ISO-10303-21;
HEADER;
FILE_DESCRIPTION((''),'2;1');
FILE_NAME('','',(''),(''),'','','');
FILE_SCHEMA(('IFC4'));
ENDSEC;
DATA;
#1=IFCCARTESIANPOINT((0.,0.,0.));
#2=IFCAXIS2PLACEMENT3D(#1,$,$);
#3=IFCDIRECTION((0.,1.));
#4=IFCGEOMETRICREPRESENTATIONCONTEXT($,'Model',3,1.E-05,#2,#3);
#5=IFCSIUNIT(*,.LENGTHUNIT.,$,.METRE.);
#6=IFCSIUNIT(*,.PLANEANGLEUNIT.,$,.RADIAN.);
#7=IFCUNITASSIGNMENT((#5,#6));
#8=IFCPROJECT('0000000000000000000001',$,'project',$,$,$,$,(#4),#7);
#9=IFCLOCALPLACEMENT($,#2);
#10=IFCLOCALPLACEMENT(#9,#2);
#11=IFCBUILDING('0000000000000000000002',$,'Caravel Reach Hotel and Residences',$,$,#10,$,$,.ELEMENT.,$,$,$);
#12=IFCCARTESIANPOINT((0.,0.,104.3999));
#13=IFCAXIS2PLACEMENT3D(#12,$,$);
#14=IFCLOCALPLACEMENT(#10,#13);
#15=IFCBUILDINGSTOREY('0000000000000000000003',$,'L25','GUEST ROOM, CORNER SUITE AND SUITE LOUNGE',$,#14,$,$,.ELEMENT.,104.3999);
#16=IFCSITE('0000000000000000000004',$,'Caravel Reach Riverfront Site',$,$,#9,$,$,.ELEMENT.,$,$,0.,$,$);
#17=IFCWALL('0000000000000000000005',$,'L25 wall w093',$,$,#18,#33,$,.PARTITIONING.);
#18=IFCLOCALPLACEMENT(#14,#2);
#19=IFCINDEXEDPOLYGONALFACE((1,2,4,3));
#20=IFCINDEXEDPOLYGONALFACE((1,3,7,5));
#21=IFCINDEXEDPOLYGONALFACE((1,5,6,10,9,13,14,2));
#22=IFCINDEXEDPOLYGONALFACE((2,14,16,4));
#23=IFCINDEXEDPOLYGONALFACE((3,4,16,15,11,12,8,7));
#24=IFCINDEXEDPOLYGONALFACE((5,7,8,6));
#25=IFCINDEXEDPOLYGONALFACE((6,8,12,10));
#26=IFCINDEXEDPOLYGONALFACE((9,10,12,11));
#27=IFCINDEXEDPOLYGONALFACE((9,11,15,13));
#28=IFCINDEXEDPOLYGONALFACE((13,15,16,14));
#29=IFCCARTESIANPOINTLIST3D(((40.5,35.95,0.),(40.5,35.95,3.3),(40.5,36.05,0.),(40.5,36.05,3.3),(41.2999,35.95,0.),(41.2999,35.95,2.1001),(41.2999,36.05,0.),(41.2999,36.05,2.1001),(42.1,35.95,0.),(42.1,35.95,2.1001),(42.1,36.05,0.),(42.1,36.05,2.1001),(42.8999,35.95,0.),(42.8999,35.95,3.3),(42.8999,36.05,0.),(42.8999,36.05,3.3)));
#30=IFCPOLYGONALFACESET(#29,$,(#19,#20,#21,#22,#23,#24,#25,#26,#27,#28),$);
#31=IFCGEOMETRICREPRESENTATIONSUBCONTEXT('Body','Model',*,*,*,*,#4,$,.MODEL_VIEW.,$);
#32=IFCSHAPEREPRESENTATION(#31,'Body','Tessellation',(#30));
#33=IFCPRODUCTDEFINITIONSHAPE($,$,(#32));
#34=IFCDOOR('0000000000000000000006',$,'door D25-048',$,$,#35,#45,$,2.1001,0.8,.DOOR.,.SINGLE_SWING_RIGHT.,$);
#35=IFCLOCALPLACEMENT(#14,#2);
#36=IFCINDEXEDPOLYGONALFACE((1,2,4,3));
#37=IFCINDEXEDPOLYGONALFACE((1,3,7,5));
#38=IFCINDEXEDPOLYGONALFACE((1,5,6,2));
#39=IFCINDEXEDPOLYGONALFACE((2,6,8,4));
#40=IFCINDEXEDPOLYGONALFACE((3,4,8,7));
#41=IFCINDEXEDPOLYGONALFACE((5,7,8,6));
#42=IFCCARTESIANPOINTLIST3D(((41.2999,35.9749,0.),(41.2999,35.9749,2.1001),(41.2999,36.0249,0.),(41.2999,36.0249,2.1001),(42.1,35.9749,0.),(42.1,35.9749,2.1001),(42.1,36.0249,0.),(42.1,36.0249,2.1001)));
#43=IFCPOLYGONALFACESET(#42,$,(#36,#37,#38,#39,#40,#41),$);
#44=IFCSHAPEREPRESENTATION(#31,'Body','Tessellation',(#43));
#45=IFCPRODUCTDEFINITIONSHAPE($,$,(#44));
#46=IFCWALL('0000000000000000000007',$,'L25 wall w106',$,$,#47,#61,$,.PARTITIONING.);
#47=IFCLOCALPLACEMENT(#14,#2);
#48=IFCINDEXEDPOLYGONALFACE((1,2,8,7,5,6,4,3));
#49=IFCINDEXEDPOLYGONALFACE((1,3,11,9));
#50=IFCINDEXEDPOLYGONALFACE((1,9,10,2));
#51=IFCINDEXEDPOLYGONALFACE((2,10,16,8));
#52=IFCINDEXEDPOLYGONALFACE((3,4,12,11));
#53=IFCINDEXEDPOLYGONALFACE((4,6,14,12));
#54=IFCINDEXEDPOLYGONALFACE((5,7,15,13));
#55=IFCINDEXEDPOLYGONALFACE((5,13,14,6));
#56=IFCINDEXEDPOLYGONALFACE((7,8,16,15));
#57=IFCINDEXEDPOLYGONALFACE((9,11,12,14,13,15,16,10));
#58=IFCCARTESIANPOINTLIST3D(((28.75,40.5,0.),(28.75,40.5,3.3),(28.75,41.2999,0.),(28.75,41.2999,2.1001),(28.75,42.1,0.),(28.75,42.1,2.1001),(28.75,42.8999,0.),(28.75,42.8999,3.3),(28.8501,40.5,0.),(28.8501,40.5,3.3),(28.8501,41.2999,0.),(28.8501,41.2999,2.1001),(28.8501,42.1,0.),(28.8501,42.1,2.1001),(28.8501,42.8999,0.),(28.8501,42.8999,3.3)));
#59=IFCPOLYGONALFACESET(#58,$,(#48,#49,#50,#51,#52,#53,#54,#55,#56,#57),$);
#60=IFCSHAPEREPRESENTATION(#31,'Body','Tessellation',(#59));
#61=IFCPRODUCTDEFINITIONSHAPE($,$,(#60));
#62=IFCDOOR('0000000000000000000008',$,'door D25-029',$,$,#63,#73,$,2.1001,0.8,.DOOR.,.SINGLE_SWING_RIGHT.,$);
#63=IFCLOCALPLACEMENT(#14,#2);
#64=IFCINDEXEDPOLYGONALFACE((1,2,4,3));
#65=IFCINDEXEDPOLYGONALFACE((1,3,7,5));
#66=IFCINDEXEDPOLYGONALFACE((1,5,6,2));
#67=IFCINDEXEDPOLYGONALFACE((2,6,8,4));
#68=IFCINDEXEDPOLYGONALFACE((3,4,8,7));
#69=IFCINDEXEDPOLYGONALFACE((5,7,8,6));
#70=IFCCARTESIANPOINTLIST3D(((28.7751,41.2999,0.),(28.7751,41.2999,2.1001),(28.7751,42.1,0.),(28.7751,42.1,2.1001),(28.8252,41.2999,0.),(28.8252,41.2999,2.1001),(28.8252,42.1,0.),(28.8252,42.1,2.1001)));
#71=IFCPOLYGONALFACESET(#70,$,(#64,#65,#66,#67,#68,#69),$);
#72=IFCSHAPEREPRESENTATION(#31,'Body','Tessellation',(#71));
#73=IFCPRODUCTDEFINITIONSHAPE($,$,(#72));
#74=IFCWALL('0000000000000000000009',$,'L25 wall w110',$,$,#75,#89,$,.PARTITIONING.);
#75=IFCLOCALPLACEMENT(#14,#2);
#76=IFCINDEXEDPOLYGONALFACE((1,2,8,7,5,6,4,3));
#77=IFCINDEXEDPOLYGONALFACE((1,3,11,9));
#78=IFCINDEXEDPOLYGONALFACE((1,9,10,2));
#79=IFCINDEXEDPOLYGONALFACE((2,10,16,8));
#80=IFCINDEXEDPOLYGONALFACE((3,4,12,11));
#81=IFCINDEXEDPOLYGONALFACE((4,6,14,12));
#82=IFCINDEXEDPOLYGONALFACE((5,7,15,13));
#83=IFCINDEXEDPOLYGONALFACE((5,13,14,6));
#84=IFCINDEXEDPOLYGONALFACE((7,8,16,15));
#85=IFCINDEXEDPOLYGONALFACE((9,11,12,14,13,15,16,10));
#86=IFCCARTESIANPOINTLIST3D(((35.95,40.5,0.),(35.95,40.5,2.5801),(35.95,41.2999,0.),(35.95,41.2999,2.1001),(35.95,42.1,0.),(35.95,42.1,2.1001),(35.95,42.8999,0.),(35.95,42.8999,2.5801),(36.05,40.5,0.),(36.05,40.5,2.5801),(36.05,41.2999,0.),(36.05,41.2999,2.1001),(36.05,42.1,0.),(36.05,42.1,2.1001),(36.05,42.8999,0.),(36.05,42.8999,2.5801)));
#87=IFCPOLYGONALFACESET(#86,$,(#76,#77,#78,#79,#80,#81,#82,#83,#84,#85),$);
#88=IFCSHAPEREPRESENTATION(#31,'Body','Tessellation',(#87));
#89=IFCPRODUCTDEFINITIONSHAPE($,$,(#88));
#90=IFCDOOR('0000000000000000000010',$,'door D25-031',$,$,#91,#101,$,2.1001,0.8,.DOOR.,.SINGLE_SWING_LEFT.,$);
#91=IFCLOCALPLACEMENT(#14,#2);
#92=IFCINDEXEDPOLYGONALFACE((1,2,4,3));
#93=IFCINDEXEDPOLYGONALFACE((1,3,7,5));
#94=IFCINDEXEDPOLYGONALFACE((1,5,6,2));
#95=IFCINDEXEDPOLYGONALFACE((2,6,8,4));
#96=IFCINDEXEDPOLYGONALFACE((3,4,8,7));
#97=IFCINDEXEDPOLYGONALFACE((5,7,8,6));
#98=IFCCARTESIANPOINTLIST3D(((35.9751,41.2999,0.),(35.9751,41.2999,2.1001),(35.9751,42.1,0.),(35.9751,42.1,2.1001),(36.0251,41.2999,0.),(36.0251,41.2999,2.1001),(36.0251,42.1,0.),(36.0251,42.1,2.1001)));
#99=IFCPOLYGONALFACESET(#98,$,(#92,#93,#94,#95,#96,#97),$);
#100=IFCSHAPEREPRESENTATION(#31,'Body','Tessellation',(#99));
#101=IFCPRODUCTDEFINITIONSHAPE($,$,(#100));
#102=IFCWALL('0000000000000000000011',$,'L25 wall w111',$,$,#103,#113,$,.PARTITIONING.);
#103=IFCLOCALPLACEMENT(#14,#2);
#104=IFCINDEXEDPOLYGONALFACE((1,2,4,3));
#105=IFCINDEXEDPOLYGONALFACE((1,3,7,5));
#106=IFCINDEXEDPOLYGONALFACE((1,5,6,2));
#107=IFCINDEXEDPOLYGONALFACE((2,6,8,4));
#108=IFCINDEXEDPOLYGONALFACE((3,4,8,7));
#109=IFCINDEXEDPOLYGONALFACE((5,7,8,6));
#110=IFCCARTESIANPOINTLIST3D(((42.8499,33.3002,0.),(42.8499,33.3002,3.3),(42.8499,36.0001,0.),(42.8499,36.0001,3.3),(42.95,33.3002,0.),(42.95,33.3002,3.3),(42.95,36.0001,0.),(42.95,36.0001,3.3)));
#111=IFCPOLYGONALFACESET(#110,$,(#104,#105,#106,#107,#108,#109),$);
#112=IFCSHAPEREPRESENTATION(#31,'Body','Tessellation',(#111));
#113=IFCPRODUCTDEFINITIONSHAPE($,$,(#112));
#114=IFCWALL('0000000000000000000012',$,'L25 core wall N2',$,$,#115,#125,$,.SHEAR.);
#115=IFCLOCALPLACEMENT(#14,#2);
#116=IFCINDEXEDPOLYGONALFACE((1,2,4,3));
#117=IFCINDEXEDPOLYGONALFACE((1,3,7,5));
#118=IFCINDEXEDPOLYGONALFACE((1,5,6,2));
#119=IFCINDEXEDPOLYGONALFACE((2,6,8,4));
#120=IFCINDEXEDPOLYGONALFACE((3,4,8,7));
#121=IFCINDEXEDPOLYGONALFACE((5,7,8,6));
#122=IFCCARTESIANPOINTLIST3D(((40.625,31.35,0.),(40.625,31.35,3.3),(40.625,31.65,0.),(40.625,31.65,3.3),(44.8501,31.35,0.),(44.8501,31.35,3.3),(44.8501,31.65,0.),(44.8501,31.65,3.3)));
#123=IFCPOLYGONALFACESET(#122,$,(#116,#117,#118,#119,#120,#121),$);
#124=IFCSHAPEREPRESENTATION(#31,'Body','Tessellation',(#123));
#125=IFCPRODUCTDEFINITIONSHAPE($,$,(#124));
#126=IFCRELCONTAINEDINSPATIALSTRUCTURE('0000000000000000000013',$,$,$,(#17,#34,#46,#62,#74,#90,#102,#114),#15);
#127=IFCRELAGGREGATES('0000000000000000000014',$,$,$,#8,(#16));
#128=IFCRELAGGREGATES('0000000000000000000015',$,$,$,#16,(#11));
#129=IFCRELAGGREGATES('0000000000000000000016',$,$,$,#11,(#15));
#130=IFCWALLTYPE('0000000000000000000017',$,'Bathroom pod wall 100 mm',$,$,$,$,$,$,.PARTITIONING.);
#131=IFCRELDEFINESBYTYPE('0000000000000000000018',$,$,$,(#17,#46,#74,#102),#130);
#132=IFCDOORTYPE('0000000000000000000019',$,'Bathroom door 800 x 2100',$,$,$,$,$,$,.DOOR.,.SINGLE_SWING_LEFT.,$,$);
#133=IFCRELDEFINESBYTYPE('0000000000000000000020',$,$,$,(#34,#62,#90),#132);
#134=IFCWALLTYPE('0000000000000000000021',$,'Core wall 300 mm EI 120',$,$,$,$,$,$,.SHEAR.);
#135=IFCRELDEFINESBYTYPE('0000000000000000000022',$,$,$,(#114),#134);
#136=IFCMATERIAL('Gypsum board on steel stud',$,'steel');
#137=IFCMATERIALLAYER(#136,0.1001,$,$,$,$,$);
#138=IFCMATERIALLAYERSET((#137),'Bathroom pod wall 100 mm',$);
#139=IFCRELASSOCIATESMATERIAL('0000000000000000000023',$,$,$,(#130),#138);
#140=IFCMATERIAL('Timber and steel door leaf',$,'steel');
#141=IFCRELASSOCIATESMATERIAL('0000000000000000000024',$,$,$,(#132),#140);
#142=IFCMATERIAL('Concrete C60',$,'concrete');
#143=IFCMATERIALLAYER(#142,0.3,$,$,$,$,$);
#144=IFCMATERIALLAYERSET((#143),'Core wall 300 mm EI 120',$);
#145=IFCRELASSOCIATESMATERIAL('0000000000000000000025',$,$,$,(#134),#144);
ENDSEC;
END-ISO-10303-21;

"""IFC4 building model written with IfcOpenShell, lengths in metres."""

from ifc_helpers import new_model, si_unit, direction, frame, frame_2d, origin, place, context, subcontext, project, spatial, rectangle, extrude, material, layer, layer_set, type_object, element, fill, save


model = new_model("IFC4")

# Units and contexts
model_context = context("Model", 3, precision=1e-05, world=origin(), true_north=direction((0.0, 1.0)))
body_context = subcontext(model_context, "Body", "Model", "MODEL_VIEW")
ifc_project = project(units=[si_unit("LENGTHUNIT", "METRE"), si_unit("PLANEANGLEUNIT", "RADIAN")], contexts=[model_context])

# Site, building, storey
site_placement = place(None, origin())
site = spatial("IfcSite", under=ifc_project, at=site_placement, Name="Caravel Reach Riverfront Site", CompositionType="ELEMENT", RefElevation=0.0)
building_placement = place(site_placement, origin())
building = spatial("IfcBuilding", under=site, at=building_placement, Name="Caravel Reach Hotel and Residences", CompositionType="ELEMENT")
storey_placement = place(building_placement, frame((0.0, 0.0, 104.3999)))
storey = spatial("IfcBuildingStorey", under=building, at=storey_placement, Name="L25", Description="GUEST ROOM, CORNER SUITE AND SUITE LOUNGE", CompositionType="ELEMENT", Elevation=104.3999)

# Walls, openings, doors
ifc_material_1 = material(Name="Gypsum board on steel stud", Category="steel")
ifc_layer_1 = layer(ifc_material_1, 0.1001)
ifc_layer_set_1 = layer_set([ifc_layer_1], Name="Bathroom pod wall 100 mm")
wall_type_1 = type_object("IfcWallType", Name="Bathroom pod wall 100 mm", PredefinedType="PARTITIONING", material=ifc_layer_set_1)
wall_1_placement = place(storey_placement, frame((40.5, 36.0, 0.0), z_axis=(0.0, 0.0, 1.0), x_axis=(1.0, 0.0, 0.0)))
wall_1 = element("IfcWall", 1, at=wall_1_placement, inside=storey, type_object=wall_type_1, Name="L25 wall w093", PredefinedType="PARTITIONING", context=body_context, shape_type="SweptSolid", body=[
    extrude(rectangle(XDim=2.3999, YDim=0.1001, at=frame_2d((1.2, 0.0))), origin(), (0.0, 0.0, 1.0), 3.3),
])
opening_1_placement = place(wall_1_placement, frame((0.8, 0.0, 0.0)))
opening_1 = element("IfcOpeningElement", 2, at=opening_1_placement, cuts=wall_1, PredefinedType="OPENING", context=body_context, shape_type="SweptSolid", body=[
    extrude(rectangle(XDim=0.8, YDim=2.1001, at=frame_2d((0.3999, 1.05))), frame((0.0, 0.0601, 0.0), z_axis=(0.0, -1.0, 0.0), x_axis=(1.0, 0.0, 0.0)), (0.0, 0.0, 1.0), 0.1201),
])
ifc_material_2 = material(Name="Timber and steel door leaf", Category="steel")
door_type_1 = type_object("IfcDoorType", Name="Bathroom door 800 x 2100", OperationType="SINGLE_SWING_LEFT", PredefinedType="DOOR", material=ifc_material_2)
door_1_placement = place(opening_1_placement, origin())
door_1 = element("IfcDoor", 3, at=door_1_placement, inside=storey, type_object=door_type_1, Name="door D25-048", OperationType="SINGLE_SWING_RIGHT", OverallHeight=2.1001, OverallWidth=0.8, PredefinedType="DOOR", context=body_context, shape_type="SweptSolid", body=[
    extrude(rectangle(XDim=0.8, YDim=2.1001, at=frame_2d((0.3999, 1.05))), frame((0.0, 0.0249, 0.0), z_axis=(0.0, -1.0, 0.0), x_axis=(1.0, 0.0, 0.0)), (0.0, 0.0, 1.0), 0.05),
])
fill(opening_1, door_1)
wall_2_placement = place(storey_placement, frame((28.8, 40.5, 0.0), z_axis=(0.0, 0.0, 1.0), x_axis=(0.0, 1.0, 0.0)))
wall_2 = element("IfcWall", 4, at=wall_2_placement, inside=storey, type_object=wall_type_1, Name="L25 wall w106", PredefinedType="PARTITIONING", context=body_context, shape_type="SweptSolid", body=[
    extrude(rectangle(XDim=2.3999, YDim=0.1001, at=frame_2d((1.2, 0.0))), origin(), (0.0, 0.0, 1.0), 3.3),
])
opening_2_placement = place(wall_2_placement, frame((0.8, 0.0, 0.0)))
opening_2 = element("IfcOpeningElement", 5, at=opening_2_placement, cuts=wall_2, PredefinedType="OPENING", context=body_context, shape_type="SweptSolid", body=[
    extrude(rectangle(XDim=0.8, YDim=2.1001, at=frame_2d((0.3999, 1.05))), frame((0.0, 0.0601, 0.0), z_axis=(0.0, -1.0, 0.0), x_axis=(1.0, 0.0, 0.0)), (0.0, 0.0, 1.0), 0.1201),
])
door_2_placement = place(opening_2_placement, origin())
door_2 = element("IfcDoor", 6, at=door_2_placement, inside=storey, type_object=door_type_1, Name="door D25-029", OperationType="SINGLE_SWING_RIGHT", OverallHeight=2.1001, OverallWidth=0.8, PredefinedType="DOOR", context=body_context, shape_type="SweptSolid", body=[
    extrude(rectangle(XDim=0.8, YDim=2.1001, at=frame_2d((0.3999, 1.05))), frame((0.0, 0.0249, 0.0), z_axis=(0.0, -1.0, 0.0), x_axis=(1.0, 0.0, 0.0)), (0.0, 0.0, 1.0), 0.05),
])
fill(opening_2, door_2)
wall_3_placement = place(storey_placement, frame((36.0, 40.5, 0.0), z_axis=(0.0, 0.0, 1.0), x_axis=(0.0, 1.0, 0.0)))
wall_3 = element("IfcWall", 7, at=wall_3_placement, inside=storey, type_object=wall_type_1, Name="L25 wall w110", PredefinedType="PARTITIONING", context=body_context, shape_type="SweptSolid", body=[
    extrude(rectangle(XDim=2.3999, YDim=0.1001, at=frame_2d((1.2, 0.0))), origin(), (0.0, 0.0, 1.0), 2.5801),
])
opening_3_placement = place(wall_3_placement, frame((0.8, 0.0, 0.0)))
opening_3 = element("IfcOpeningElement", 8, at=opening_3_placement, cuts=wall_3, PredefinedType="OPENING", context=body_context, shape_type="SweptSolid", body=[
    extrude(rectangle(XDim=0.8, YDim=2.1001, at=frame_2d((0.3999, 1.05))), frame((0.0, 0.0601, 0.0), z_axis=(0.0, -1.0, 0.0), x_axis=(1.0, 0.0, 0.0)), (0.0, 0.0, 1.0), 0.1201),
])
door_3_placement = place(opening_3_placement, origin())
door_3 = element("IfcDoor", 9, at=door_3_placement, inside=storey, type_object=door_type_1, Name="door D25-031", OperationType="SINGLE_SWING_LEFT", OverallHeight=2.1001, OverallWidth=0.8, PredefinedType="DOOR", context=body_context, shape_type="SweptSolid", body=[
    extrude(rectangle(XDim=0.8, YDim=2.1001, at=frame_2d((0.3999, 1.05))), frame((0.0, 0.0249, 0.0), z_axis=(0.0, -1.0, 0.0), x_axis=(1.0, 0.0, 0.0)), (0.0, 0.0, 1.0), 0.05),
])
fill(opening_3, door_3)

# Walls
wall_4_placement = place(storey_placement, frame((42.8999, 33.3, 0.0), z_axis=(0.0, 0.0, 1.0), x_axis=(0.0, 1.0, 0.0)))
element("IfcWall", 10, at=wall_4_placement, inside=storey, type_object=wall_type_1, Name="L25 wall w111", PredefinedType="PARTITIONING", context=body_context, shape_type="SweptSolid", body=[
    extrude(rectangle(XDim=2.7, YDim=0.1001, at=frame_2d((1.3501, 0.0))), origin(), (0.0, 0.0, 1.0), 3.3),
])
ifc_material_3 = material(Name="Concrete C60", Category="concrete")
ifc_layer_2 = layer(ifc_material_3, 0.3)
ifc_layer_set_2 = layer_set([ifc_layer_2], Name="Core wall 300 mm EI 120")
wall_type_2 = type_object("IfcWallType", Name="Core wall 300 mm EI 120", PredefinedType="SHEAR", material=ifc_layer_set_2)
wall_5_placement = place(storey_placement, frame((40.625, 31.5, 0.0), z_axis=(0.0, 0.0, 1.0), x_axis=(1.0, 0.0, 0.0)))
element("IfcWall", 11, at=wall_5_placement, inside=storey, type_object=wall_type_2, Name="L25 core wall N2", PredefinedType="SHEAR", context=body_context, shape_type="SweptSolid", body=[
    extrude(rectangle(XDim=4.2251, YDim=0.3, at=frame_2d((2.1125, 0.0))), origin(), (0.0, 0.0, 1.0), 3.3),
])

save(model, "model.ifc")
